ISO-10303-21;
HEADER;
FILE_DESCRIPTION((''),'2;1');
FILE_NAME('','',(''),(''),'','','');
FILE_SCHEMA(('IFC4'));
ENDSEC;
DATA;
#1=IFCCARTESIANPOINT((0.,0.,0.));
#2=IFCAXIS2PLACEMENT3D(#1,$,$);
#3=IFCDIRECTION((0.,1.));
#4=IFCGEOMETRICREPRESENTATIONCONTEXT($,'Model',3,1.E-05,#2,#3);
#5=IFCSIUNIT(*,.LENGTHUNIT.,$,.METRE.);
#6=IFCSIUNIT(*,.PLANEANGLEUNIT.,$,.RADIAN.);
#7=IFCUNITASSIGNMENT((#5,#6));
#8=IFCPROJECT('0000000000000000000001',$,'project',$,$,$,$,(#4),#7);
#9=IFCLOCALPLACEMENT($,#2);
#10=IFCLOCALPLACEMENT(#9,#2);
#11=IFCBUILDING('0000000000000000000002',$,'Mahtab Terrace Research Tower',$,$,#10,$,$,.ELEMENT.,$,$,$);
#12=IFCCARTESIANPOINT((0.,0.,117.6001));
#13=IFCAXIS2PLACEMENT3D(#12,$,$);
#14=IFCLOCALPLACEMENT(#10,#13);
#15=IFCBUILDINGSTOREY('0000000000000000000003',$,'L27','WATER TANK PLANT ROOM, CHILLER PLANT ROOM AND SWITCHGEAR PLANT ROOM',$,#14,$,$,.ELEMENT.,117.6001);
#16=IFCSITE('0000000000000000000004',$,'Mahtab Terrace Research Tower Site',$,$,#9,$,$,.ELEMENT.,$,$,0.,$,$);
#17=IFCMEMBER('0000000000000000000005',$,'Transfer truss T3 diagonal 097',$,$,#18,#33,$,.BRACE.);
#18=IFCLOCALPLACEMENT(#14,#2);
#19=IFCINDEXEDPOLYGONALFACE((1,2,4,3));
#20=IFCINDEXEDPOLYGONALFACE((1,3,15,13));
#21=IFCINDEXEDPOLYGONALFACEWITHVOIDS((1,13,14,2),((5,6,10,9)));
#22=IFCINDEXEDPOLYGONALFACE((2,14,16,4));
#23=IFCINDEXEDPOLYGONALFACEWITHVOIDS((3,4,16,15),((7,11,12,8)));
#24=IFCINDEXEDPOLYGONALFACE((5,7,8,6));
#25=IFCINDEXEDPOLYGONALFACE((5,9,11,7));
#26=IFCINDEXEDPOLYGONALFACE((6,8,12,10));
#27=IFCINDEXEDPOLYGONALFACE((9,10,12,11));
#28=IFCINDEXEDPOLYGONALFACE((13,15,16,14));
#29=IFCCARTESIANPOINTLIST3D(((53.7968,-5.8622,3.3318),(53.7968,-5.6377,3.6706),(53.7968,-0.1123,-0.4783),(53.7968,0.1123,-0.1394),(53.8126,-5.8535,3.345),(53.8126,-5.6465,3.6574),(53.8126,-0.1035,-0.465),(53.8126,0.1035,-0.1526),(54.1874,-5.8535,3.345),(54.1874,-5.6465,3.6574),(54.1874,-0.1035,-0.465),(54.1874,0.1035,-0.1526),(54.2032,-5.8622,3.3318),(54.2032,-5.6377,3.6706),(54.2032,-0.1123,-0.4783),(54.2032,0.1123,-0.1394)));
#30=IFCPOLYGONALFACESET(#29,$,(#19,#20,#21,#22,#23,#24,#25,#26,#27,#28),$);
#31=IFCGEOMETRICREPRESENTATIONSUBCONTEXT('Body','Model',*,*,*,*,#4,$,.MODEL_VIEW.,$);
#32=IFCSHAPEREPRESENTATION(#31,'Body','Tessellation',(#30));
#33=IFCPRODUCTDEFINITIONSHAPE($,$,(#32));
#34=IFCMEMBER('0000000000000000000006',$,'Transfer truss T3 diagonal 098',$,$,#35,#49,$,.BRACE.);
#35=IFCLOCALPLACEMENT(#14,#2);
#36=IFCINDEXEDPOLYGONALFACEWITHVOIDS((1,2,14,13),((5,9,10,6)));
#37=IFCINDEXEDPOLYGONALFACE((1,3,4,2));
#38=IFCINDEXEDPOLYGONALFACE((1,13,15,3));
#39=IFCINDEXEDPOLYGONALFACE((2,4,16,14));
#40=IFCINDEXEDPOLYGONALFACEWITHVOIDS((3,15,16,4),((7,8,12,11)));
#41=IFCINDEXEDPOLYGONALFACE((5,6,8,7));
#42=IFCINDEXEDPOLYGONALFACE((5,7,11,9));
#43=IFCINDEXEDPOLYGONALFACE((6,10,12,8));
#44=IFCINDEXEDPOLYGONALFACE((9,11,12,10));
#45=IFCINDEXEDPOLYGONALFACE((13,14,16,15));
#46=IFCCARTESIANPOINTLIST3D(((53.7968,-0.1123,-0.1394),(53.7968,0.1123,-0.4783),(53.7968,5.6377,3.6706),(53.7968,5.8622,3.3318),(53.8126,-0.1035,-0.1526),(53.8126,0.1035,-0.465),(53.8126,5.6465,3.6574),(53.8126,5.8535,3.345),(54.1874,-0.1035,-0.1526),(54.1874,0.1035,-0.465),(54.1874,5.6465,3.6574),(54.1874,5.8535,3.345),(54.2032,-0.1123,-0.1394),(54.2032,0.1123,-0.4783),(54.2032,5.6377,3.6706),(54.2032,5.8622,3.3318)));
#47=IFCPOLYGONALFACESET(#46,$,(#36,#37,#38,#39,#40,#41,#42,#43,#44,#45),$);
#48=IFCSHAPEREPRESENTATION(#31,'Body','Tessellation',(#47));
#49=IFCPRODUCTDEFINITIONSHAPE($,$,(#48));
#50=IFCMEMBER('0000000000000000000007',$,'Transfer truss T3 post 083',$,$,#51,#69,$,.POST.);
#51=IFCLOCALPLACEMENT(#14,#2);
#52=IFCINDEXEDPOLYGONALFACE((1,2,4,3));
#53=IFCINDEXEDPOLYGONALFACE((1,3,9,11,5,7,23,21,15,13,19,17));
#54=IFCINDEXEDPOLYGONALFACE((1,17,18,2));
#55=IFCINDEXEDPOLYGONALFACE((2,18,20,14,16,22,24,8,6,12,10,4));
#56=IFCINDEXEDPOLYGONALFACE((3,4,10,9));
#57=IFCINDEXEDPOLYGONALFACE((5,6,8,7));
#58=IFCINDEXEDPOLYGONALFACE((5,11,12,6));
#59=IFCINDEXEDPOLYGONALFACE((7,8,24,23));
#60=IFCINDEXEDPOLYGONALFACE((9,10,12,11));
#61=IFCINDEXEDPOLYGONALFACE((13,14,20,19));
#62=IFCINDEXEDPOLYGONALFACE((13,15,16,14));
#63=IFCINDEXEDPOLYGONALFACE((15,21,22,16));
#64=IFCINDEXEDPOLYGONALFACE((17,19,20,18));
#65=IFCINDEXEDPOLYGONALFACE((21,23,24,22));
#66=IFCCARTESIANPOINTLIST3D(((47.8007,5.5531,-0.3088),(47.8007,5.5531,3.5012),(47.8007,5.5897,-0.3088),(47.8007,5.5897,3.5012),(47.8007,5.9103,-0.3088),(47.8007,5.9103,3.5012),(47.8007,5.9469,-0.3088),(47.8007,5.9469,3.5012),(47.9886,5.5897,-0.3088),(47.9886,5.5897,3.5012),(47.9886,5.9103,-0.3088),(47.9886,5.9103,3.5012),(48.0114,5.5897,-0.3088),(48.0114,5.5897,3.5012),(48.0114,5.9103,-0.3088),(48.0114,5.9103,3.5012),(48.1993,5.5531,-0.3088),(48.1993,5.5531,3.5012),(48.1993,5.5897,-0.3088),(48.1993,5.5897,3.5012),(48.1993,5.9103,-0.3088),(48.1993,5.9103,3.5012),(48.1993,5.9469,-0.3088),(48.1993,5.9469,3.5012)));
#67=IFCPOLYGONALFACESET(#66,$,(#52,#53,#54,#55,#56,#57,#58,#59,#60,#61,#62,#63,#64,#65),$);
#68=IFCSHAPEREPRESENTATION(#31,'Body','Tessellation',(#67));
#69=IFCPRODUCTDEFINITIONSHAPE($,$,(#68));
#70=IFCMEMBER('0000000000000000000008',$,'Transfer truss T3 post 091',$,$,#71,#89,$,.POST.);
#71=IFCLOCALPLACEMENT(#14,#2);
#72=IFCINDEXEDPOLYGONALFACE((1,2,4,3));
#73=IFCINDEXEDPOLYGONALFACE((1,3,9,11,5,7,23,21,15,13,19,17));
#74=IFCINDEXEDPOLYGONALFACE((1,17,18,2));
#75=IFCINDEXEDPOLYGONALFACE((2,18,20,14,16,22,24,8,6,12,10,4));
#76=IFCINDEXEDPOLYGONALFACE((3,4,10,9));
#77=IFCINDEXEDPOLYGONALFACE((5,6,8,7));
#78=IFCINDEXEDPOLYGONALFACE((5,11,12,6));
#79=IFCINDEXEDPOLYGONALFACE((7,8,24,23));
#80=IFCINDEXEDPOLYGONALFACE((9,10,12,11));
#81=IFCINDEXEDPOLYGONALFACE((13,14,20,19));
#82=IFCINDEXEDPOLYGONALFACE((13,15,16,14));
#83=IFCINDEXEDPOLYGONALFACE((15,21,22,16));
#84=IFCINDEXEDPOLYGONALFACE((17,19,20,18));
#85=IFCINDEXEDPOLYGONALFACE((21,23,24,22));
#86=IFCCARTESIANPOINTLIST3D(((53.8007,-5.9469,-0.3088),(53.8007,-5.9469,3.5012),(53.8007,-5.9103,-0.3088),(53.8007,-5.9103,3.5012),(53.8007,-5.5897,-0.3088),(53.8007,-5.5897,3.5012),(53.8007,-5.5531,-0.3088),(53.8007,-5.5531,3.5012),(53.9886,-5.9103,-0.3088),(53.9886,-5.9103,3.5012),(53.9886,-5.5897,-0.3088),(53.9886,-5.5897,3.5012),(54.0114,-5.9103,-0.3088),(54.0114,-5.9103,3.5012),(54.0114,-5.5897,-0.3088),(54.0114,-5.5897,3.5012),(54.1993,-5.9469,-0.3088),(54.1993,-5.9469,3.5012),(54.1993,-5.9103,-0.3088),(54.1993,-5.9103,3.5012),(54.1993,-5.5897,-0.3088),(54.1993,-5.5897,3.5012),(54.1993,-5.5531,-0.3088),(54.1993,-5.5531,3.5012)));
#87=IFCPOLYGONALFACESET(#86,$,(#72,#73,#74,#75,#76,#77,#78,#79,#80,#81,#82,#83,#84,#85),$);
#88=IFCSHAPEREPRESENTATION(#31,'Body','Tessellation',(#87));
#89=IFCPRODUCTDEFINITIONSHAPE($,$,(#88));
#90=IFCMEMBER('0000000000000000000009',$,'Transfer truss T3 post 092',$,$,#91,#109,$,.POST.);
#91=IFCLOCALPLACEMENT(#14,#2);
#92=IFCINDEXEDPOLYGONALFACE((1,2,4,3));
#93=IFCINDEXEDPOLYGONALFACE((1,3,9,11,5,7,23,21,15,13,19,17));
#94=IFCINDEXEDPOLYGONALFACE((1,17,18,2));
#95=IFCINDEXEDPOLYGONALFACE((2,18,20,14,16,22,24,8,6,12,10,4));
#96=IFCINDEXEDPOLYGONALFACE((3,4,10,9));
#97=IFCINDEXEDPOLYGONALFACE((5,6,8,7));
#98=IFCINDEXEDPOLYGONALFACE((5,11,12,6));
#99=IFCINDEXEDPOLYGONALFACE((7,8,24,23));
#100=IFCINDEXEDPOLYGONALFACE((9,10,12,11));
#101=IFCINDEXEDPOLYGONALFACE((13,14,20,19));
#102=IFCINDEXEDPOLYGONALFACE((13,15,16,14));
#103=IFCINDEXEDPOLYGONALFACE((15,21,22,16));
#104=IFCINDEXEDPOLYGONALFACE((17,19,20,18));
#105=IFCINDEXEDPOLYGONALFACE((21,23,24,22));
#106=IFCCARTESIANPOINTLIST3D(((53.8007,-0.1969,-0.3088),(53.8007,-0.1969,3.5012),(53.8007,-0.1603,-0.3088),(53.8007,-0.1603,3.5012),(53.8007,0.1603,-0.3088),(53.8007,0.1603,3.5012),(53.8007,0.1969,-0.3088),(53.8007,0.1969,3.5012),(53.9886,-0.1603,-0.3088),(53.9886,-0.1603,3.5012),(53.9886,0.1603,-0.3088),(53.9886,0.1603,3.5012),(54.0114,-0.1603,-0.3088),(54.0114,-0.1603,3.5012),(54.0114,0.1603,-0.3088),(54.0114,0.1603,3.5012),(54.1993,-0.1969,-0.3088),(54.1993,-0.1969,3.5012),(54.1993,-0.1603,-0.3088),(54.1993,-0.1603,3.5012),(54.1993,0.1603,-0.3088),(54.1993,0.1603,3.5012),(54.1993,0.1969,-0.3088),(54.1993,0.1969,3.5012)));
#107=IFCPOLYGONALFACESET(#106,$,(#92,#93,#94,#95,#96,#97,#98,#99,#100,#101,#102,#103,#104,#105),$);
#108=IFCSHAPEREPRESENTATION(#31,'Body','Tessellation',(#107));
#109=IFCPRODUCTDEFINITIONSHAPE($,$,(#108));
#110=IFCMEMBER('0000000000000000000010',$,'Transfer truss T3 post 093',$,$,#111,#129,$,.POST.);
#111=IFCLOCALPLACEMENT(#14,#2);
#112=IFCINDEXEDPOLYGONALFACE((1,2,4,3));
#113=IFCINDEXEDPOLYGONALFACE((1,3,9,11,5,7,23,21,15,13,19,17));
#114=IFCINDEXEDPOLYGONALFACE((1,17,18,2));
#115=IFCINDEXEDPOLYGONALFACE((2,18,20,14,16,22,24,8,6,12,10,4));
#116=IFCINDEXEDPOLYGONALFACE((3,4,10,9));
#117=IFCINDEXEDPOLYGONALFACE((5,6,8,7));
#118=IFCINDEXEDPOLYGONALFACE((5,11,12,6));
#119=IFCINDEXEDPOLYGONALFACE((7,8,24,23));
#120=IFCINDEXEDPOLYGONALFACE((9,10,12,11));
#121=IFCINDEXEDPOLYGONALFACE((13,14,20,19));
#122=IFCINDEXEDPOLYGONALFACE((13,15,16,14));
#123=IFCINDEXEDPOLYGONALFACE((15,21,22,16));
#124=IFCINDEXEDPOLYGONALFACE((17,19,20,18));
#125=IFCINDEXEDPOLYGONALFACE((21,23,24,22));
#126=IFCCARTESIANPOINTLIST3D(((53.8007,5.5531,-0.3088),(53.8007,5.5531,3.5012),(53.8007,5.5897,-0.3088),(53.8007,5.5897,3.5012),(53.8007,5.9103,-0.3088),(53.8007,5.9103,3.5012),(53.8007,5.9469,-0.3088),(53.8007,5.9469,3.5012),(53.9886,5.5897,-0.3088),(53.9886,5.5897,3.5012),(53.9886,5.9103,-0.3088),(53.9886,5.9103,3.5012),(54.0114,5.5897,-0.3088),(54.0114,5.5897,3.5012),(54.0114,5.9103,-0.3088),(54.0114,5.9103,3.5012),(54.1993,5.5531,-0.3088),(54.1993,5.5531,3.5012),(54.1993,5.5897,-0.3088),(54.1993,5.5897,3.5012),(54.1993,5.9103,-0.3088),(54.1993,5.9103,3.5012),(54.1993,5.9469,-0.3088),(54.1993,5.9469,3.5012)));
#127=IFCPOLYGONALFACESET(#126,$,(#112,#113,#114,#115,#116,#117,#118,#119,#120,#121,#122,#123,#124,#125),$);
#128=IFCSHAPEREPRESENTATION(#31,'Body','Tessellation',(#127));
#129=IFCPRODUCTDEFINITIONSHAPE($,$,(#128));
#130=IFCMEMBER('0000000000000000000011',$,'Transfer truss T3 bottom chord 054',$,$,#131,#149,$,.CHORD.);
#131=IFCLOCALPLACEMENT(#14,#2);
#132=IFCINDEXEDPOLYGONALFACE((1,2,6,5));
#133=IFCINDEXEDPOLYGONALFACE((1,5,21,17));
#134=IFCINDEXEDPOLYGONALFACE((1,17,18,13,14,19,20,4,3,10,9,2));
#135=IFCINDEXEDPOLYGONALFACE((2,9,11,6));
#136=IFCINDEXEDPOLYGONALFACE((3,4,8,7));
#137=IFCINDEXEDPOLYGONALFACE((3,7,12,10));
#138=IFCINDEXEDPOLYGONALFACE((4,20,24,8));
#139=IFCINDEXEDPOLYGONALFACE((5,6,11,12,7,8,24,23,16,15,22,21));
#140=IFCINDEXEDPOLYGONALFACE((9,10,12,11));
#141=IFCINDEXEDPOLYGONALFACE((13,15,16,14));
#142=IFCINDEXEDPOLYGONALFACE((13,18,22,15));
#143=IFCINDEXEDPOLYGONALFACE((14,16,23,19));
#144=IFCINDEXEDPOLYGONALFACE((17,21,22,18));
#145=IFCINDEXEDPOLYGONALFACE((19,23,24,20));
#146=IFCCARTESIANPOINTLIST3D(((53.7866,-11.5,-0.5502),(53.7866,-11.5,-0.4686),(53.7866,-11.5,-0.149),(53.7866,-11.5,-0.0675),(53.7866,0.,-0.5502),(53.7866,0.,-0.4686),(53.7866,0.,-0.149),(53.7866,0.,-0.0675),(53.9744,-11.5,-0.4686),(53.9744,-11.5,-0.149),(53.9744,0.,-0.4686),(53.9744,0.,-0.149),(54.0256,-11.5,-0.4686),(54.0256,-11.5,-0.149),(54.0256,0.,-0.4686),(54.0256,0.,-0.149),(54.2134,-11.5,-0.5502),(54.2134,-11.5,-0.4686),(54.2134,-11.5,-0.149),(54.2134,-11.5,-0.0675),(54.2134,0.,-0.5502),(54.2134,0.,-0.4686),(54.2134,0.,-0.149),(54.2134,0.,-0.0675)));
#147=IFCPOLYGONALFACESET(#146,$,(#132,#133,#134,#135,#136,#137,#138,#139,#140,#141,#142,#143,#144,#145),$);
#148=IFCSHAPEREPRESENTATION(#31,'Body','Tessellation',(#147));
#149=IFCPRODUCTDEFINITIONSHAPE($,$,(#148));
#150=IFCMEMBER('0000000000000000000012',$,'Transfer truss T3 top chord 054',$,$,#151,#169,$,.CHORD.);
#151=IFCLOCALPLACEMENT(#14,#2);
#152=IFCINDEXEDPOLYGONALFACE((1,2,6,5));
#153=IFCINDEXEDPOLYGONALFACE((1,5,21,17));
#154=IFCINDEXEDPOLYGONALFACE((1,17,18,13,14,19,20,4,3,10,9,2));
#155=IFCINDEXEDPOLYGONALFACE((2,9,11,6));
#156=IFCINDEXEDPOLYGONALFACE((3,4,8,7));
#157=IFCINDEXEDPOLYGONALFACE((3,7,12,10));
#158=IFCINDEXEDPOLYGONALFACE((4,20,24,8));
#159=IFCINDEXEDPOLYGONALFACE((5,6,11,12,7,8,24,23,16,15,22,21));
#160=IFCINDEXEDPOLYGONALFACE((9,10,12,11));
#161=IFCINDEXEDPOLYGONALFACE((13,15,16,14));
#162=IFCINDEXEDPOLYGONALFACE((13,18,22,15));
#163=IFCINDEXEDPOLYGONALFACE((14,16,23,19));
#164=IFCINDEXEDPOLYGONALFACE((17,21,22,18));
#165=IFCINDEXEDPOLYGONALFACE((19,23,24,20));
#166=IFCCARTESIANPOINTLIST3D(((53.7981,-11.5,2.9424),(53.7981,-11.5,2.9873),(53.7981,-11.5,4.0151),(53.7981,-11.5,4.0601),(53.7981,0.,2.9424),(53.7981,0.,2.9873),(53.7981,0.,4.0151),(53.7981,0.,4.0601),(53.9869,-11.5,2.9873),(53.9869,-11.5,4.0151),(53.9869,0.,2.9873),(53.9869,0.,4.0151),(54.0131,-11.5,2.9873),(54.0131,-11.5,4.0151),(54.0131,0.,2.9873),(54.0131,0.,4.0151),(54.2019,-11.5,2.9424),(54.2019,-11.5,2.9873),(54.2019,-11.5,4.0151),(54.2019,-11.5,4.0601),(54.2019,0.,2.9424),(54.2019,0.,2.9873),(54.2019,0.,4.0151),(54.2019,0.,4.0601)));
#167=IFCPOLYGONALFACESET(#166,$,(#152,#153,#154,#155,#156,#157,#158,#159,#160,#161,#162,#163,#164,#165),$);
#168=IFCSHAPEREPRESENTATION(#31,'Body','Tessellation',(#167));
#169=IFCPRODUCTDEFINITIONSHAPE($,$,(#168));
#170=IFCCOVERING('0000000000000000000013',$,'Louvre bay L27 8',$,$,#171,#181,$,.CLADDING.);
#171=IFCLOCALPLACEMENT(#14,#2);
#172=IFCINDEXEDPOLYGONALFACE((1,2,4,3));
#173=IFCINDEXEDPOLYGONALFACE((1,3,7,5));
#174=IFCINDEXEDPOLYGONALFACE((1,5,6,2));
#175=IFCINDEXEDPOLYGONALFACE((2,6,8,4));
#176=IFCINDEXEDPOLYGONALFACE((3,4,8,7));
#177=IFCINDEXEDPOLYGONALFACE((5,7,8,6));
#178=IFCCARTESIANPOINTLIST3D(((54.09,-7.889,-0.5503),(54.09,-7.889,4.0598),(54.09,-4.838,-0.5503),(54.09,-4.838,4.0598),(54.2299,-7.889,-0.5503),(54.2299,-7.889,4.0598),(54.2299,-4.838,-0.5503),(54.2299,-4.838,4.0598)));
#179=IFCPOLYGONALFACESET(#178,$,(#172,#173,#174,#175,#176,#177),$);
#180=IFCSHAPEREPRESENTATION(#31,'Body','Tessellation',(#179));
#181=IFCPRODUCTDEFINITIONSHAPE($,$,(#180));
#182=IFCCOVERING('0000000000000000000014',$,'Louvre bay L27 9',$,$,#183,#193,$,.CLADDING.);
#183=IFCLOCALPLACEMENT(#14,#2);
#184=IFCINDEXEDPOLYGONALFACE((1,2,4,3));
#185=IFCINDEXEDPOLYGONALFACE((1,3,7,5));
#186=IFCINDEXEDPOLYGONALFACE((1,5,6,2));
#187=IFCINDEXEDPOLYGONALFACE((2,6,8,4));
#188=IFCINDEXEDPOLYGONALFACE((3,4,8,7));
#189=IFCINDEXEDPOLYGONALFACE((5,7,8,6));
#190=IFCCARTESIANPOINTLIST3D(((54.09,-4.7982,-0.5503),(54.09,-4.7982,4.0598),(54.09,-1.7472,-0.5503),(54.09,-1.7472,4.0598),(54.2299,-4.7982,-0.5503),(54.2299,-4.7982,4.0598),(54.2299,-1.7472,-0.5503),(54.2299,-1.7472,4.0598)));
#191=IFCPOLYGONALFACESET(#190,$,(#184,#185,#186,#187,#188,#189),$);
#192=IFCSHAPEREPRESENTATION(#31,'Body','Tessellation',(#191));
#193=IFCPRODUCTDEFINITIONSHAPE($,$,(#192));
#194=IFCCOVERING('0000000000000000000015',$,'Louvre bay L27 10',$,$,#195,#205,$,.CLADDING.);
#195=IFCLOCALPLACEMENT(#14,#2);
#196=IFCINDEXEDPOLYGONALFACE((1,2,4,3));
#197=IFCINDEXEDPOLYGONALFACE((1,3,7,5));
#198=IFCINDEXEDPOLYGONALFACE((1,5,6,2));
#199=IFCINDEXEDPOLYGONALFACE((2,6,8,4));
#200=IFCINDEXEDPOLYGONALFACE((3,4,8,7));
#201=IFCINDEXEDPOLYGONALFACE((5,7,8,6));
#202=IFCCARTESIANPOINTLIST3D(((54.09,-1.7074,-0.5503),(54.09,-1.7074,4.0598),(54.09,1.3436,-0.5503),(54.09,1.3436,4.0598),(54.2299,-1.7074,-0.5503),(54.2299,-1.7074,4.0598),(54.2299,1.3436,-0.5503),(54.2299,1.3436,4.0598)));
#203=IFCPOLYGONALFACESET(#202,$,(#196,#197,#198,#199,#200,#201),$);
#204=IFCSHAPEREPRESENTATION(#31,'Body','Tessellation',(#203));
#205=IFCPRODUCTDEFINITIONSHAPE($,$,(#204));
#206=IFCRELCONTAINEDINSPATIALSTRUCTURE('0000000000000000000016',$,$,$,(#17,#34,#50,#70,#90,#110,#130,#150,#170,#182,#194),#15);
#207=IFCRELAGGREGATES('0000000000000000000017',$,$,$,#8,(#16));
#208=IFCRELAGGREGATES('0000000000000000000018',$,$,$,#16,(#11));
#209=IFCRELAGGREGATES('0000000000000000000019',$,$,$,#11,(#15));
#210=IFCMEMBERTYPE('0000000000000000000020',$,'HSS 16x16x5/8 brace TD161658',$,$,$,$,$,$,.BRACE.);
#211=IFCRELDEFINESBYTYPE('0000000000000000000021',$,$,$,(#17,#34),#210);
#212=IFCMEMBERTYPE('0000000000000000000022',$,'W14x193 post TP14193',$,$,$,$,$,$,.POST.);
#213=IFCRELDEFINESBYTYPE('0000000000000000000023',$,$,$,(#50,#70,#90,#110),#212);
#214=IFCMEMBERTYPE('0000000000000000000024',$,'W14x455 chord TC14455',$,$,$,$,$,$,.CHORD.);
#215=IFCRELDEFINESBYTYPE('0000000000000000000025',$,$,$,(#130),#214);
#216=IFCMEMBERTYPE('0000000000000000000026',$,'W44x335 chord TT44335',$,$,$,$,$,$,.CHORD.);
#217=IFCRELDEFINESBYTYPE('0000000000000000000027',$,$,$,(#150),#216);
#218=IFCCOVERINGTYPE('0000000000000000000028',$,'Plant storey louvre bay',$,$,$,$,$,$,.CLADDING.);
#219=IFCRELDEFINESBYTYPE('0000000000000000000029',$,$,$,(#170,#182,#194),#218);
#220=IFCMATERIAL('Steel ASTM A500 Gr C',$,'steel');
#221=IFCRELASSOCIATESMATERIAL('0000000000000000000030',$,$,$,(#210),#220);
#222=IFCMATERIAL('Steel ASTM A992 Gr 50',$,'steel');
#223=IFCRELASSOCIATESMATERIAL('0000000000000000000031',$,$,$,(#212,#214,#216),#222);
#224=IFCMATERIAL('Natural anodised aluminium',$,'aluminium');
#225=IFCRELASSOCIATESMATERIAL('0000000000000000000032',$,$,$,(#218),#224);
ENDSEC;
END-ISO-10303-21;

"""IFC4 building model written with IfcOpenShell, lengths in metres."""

from ifc_helpers import new_model, si_unit, direction, frame, origin, origin_2d, place, context, subcontext, project, spatial, rectangle, hollow_rectangle, i_section, extrude, material, material_profile, profile_set, type_object, element, save


model = new_model("IFC4")

# Units and contexts
model_context = context("Model", 3, precision=1e-05, world=origin(), true_north=direction((0.0, 1.0)))
body_context = subcontext(model_context, "Body", "Model", "MODEL_VIEW")
ifc_project = project(units=[si_unit("LENGTHUNIT", "METRE"), si_unit("PLANEANGLEUNIT", "RADIAN")], contexts=[model_context])

# Site, building, storey
site_placement = place(None, origin())
site = spatial("IfcSite", under=ifc_project, at=site_placement, Name="Mahtab Terrace Research Tower Site", CompositionType="ELEMENT", RefElevation=0.0)
building_placement = place(site_placement, origin())
building = spatial("IfcBuilding", under=site, at=building_placement, Name="Mahtab Terrace Research Tower", CompositionType="ELEMENT")
storey_placement = place(building_placement, frame((0.0, 0.0, 117.6001)))
storey = spatial("IfcBuildingStorey", under=building, at=storey_placement, Name="L27", Description="WATER TANK PLANT ROOM, CHILLER PLANT ROOM AND SWITCHGEAR PLANT ROOM", CompositionType="ELEMENT", Elevation=117.6001)

# Members
ifc_material_1 = material(Name="Steel ASTM A500 Gr C", Category="steel")
ifc_material_profile_1 = material_profile(ifc_material_1, hollow_rectangle(XDim=0.4065, YDim=0.4065, WallThickness=0.0159, at=origin_2d()), Name="HSS16X16X5/8")
ifc_profile_set_1 = profile_set([ifc_material_profile_1], Name="Steel ASTM A500 Gr C")
member_type_1 = type_object("IfcMemberType", Name="HSS 16x16x5/8 brace TD161658", PredefinedType="BRACE", material=ifc_profile_set_1)
for number, where, z_axis, x_axis, name in (
    (1, (54.0, 0.0, -0.3088), (0.0, -0.833604, 0.552362), (1.0, 0.0, 0.0), "Transfer truss T3 diagonal 097"),
    (2, (54.0, 0.0, -0.3088), (0.0, 0.833604, 0.552362), (-1.0, 0.0, 0.0), "Transfer truss T3 diagonal 098"),
):
    element("IfcMember", number, at=place(storey_placement, frame(where, z_axis=z_axis, x_axis=x_axis)), inside=storey, type_object=member_type_1, Name=name, PredefinedType="BRACE", context=body_context, shape_type="SweptSolid", body=[
        extrude(hollow_rectangle(XDim=0.4065, YDim=0.4065, WallThickness=0.0159, at=origin_2d()), origin(), (0.0, 0.0, 1.0), 6.8977),
    ])
ifc_material_2 = material(Name="Steel ASTM A992 Gr 50", Category="steel")
ifc_material_profile_2 = material_profile(ifc_material_2, i_section(OverallWidth=0.3987, OverallDepth=0.3938, WebThickness=0.0227, FlangeThickness=0.0366, at=origin_2d()), Name="W14X193")
ifc_profile_set_2 = profile_set([ifc_material_profile_2], Name="Steel ASTM A992 Gr 50")
member_type_2 = type_object("IfcMemberType", Name="W14x193 post TP14193", PredefinedType="POST", material=ifc_profile_set_2)
for number, where, z_axis, x_axis, name in (
    (3, (48.0, 5.75, -0.3088), (0.0, 0.0, 1.0), (1.0, 0.0, 0.0), "Transfer truss T3 post 083"),
    (4, (54.0, -5.75, -0.3088), (0.0, 0.0, 1.0), (1.0, 0.0, 0.0), "Transfer truss T3 post 091"),
    (5, (54.0, 0.0, -0.3088), (0.0, 0.0, 1.0), (1.0, 0.0, 0.0), "Transfer truss T3 post 092"),
    (6, (54.0, 5.75, -0.3088), (0.0, 0.0, 1.0), (1.0, 0.0, 0.0), "Transfer truss T3 post 093"),
):
    element("IfcMember", number, at=place(storey_placement, frame(where, z_axis=z_axis, x_axis=x_axis)), inside=storey, type_object=member_type_2, Name=name, PredefinedType="POST", context=body_context, shape_type="SweptSolid", body=[
        extrude(i_section(OverallWidth=0.3987, OverallDepth=0.3938, WebThickness=0.0227, FlangeThickness=0.0366, at=origin_2d()), origin(), (0.0, 0.0, 1.0), 3.8101),
    ])
ifc_material_profile_3 = material_profile(ifc_material_2, i_section(OverallWidth=0.4268, OverallDepth=0.4827, WebThickness=0.0513, FlangeThickness=0.0815, at=origin_2d()), Name="W14X455")
ifc_profile_set_3 = profile_set([ifc_material_profile_3], Name="Steel ASTM A992 Gr 50")
member_type_3 = type_object("IfcMemberType", Name="W14x455 chord TC14455", PredefinedType="CHORD", material=ifc_profile_set_3)
member_1_placement = place(storey_placement, frame((54.0, 0.0, -0.3088), z_axis=(0.0, -1.0, 0.0), x_axis=(1.0, 0.0, 0.0)))
element("IfcMember", 7, at=member_1_placement, inside=storey, type_object=member_type_3, Name="Transfer truss T3 bottom chord 054", PredefinedType="CHORD", context=body_context, shape_type="SweptSolid", body=[
    extrude(i_section(OverallWidth=0.4268, OverallDepth=0.4827, WebThickness=0.0513, FlangeThickness=0.0815, at=origin_2d()), origin(), (0.0, 0.0, 1.0), 11.5),
])
ifc_material_profile_4 = material_profile(ifc_material_2, i_section(OverallWidth=0.4038, OverallDepth=1.1177, WebThickness=0.0261, FlangeThickness=0.0449, at=origin_2d()), Name="W44X335")
ifc_profile_set_4 = profile_set([ifc_material_profile_4], Name="Steel ASTM A992 Gr 50")
member_type_4 = type_object("IfcMemberType", Name="W44x335 chord TT44335", PredefinedType="CHORD", material=ifc_profile_set_4)
member_2_placement = place(storey_placement, frame((54.0, 0.0, 3.5012), z_axis=(0.0, -1.0, 0.0), x_axis=(1.0, 0.0, 0.0)))
element("IfcMember", 8, at=member_2_placement, inside=storey, type_object=member_type_4, Name="Transfer truss T3 top chord 054", PredefinedType="CHORD", context=body_context, shape_type="SweptSolid", body=[
    extrude(i_section(OverallWidth=0.4038, OverallDepth=1.1177, WebThickness=0.0261, FlangeThickness=0.0449, at=origin_2d()), origin(), (0.0, 0.0, 1.0), 11.5),
])

# Coverings
ifc_material_3 = material(Name="Natural anodised aluminium", Category="aluminium")
covering_type = type_object("IfcCoveringType", Name="Plant storey louvre bay", PredefinedType="CLADDING", material=ifc_material_3)
for number, where, z_axis, x_axis, name in (
    (9, (54.1599, -6.3635, -0.5503), (0.0, 0.0, 1.0), (0.0, 1.0, 0.0), "Louvre bay L27 8"),
    (10, (54.1599, -3.2727, -0.5503), (0.0, 0.0, 1.0), (0.0, 1.0, 0.0), "Louvre bay L27 9"),
    (11, (54.1599, -0.1819, -0.5503), (0.0, 0.0, 1.0), (0.0, 1.0, 0.0), "Louvre bay L27 10"),
):
    element("IfcCovering", number, at=place(storey_placement, frame(where, z_axis=z_axis, x_axis=x_axis)), inside=storey, type_object=covering_type, Name=name, PredefinedType="CLADDING", context=body_context, shape_type="SweptSolid", body=[
        extrude(rectangle(XDim=3.051, YDim=0.1399, at=origin_2d()), origin(), (0.0, 0.0, 1.0), 4.6101),
    ])

save(model, "model.ifc")
